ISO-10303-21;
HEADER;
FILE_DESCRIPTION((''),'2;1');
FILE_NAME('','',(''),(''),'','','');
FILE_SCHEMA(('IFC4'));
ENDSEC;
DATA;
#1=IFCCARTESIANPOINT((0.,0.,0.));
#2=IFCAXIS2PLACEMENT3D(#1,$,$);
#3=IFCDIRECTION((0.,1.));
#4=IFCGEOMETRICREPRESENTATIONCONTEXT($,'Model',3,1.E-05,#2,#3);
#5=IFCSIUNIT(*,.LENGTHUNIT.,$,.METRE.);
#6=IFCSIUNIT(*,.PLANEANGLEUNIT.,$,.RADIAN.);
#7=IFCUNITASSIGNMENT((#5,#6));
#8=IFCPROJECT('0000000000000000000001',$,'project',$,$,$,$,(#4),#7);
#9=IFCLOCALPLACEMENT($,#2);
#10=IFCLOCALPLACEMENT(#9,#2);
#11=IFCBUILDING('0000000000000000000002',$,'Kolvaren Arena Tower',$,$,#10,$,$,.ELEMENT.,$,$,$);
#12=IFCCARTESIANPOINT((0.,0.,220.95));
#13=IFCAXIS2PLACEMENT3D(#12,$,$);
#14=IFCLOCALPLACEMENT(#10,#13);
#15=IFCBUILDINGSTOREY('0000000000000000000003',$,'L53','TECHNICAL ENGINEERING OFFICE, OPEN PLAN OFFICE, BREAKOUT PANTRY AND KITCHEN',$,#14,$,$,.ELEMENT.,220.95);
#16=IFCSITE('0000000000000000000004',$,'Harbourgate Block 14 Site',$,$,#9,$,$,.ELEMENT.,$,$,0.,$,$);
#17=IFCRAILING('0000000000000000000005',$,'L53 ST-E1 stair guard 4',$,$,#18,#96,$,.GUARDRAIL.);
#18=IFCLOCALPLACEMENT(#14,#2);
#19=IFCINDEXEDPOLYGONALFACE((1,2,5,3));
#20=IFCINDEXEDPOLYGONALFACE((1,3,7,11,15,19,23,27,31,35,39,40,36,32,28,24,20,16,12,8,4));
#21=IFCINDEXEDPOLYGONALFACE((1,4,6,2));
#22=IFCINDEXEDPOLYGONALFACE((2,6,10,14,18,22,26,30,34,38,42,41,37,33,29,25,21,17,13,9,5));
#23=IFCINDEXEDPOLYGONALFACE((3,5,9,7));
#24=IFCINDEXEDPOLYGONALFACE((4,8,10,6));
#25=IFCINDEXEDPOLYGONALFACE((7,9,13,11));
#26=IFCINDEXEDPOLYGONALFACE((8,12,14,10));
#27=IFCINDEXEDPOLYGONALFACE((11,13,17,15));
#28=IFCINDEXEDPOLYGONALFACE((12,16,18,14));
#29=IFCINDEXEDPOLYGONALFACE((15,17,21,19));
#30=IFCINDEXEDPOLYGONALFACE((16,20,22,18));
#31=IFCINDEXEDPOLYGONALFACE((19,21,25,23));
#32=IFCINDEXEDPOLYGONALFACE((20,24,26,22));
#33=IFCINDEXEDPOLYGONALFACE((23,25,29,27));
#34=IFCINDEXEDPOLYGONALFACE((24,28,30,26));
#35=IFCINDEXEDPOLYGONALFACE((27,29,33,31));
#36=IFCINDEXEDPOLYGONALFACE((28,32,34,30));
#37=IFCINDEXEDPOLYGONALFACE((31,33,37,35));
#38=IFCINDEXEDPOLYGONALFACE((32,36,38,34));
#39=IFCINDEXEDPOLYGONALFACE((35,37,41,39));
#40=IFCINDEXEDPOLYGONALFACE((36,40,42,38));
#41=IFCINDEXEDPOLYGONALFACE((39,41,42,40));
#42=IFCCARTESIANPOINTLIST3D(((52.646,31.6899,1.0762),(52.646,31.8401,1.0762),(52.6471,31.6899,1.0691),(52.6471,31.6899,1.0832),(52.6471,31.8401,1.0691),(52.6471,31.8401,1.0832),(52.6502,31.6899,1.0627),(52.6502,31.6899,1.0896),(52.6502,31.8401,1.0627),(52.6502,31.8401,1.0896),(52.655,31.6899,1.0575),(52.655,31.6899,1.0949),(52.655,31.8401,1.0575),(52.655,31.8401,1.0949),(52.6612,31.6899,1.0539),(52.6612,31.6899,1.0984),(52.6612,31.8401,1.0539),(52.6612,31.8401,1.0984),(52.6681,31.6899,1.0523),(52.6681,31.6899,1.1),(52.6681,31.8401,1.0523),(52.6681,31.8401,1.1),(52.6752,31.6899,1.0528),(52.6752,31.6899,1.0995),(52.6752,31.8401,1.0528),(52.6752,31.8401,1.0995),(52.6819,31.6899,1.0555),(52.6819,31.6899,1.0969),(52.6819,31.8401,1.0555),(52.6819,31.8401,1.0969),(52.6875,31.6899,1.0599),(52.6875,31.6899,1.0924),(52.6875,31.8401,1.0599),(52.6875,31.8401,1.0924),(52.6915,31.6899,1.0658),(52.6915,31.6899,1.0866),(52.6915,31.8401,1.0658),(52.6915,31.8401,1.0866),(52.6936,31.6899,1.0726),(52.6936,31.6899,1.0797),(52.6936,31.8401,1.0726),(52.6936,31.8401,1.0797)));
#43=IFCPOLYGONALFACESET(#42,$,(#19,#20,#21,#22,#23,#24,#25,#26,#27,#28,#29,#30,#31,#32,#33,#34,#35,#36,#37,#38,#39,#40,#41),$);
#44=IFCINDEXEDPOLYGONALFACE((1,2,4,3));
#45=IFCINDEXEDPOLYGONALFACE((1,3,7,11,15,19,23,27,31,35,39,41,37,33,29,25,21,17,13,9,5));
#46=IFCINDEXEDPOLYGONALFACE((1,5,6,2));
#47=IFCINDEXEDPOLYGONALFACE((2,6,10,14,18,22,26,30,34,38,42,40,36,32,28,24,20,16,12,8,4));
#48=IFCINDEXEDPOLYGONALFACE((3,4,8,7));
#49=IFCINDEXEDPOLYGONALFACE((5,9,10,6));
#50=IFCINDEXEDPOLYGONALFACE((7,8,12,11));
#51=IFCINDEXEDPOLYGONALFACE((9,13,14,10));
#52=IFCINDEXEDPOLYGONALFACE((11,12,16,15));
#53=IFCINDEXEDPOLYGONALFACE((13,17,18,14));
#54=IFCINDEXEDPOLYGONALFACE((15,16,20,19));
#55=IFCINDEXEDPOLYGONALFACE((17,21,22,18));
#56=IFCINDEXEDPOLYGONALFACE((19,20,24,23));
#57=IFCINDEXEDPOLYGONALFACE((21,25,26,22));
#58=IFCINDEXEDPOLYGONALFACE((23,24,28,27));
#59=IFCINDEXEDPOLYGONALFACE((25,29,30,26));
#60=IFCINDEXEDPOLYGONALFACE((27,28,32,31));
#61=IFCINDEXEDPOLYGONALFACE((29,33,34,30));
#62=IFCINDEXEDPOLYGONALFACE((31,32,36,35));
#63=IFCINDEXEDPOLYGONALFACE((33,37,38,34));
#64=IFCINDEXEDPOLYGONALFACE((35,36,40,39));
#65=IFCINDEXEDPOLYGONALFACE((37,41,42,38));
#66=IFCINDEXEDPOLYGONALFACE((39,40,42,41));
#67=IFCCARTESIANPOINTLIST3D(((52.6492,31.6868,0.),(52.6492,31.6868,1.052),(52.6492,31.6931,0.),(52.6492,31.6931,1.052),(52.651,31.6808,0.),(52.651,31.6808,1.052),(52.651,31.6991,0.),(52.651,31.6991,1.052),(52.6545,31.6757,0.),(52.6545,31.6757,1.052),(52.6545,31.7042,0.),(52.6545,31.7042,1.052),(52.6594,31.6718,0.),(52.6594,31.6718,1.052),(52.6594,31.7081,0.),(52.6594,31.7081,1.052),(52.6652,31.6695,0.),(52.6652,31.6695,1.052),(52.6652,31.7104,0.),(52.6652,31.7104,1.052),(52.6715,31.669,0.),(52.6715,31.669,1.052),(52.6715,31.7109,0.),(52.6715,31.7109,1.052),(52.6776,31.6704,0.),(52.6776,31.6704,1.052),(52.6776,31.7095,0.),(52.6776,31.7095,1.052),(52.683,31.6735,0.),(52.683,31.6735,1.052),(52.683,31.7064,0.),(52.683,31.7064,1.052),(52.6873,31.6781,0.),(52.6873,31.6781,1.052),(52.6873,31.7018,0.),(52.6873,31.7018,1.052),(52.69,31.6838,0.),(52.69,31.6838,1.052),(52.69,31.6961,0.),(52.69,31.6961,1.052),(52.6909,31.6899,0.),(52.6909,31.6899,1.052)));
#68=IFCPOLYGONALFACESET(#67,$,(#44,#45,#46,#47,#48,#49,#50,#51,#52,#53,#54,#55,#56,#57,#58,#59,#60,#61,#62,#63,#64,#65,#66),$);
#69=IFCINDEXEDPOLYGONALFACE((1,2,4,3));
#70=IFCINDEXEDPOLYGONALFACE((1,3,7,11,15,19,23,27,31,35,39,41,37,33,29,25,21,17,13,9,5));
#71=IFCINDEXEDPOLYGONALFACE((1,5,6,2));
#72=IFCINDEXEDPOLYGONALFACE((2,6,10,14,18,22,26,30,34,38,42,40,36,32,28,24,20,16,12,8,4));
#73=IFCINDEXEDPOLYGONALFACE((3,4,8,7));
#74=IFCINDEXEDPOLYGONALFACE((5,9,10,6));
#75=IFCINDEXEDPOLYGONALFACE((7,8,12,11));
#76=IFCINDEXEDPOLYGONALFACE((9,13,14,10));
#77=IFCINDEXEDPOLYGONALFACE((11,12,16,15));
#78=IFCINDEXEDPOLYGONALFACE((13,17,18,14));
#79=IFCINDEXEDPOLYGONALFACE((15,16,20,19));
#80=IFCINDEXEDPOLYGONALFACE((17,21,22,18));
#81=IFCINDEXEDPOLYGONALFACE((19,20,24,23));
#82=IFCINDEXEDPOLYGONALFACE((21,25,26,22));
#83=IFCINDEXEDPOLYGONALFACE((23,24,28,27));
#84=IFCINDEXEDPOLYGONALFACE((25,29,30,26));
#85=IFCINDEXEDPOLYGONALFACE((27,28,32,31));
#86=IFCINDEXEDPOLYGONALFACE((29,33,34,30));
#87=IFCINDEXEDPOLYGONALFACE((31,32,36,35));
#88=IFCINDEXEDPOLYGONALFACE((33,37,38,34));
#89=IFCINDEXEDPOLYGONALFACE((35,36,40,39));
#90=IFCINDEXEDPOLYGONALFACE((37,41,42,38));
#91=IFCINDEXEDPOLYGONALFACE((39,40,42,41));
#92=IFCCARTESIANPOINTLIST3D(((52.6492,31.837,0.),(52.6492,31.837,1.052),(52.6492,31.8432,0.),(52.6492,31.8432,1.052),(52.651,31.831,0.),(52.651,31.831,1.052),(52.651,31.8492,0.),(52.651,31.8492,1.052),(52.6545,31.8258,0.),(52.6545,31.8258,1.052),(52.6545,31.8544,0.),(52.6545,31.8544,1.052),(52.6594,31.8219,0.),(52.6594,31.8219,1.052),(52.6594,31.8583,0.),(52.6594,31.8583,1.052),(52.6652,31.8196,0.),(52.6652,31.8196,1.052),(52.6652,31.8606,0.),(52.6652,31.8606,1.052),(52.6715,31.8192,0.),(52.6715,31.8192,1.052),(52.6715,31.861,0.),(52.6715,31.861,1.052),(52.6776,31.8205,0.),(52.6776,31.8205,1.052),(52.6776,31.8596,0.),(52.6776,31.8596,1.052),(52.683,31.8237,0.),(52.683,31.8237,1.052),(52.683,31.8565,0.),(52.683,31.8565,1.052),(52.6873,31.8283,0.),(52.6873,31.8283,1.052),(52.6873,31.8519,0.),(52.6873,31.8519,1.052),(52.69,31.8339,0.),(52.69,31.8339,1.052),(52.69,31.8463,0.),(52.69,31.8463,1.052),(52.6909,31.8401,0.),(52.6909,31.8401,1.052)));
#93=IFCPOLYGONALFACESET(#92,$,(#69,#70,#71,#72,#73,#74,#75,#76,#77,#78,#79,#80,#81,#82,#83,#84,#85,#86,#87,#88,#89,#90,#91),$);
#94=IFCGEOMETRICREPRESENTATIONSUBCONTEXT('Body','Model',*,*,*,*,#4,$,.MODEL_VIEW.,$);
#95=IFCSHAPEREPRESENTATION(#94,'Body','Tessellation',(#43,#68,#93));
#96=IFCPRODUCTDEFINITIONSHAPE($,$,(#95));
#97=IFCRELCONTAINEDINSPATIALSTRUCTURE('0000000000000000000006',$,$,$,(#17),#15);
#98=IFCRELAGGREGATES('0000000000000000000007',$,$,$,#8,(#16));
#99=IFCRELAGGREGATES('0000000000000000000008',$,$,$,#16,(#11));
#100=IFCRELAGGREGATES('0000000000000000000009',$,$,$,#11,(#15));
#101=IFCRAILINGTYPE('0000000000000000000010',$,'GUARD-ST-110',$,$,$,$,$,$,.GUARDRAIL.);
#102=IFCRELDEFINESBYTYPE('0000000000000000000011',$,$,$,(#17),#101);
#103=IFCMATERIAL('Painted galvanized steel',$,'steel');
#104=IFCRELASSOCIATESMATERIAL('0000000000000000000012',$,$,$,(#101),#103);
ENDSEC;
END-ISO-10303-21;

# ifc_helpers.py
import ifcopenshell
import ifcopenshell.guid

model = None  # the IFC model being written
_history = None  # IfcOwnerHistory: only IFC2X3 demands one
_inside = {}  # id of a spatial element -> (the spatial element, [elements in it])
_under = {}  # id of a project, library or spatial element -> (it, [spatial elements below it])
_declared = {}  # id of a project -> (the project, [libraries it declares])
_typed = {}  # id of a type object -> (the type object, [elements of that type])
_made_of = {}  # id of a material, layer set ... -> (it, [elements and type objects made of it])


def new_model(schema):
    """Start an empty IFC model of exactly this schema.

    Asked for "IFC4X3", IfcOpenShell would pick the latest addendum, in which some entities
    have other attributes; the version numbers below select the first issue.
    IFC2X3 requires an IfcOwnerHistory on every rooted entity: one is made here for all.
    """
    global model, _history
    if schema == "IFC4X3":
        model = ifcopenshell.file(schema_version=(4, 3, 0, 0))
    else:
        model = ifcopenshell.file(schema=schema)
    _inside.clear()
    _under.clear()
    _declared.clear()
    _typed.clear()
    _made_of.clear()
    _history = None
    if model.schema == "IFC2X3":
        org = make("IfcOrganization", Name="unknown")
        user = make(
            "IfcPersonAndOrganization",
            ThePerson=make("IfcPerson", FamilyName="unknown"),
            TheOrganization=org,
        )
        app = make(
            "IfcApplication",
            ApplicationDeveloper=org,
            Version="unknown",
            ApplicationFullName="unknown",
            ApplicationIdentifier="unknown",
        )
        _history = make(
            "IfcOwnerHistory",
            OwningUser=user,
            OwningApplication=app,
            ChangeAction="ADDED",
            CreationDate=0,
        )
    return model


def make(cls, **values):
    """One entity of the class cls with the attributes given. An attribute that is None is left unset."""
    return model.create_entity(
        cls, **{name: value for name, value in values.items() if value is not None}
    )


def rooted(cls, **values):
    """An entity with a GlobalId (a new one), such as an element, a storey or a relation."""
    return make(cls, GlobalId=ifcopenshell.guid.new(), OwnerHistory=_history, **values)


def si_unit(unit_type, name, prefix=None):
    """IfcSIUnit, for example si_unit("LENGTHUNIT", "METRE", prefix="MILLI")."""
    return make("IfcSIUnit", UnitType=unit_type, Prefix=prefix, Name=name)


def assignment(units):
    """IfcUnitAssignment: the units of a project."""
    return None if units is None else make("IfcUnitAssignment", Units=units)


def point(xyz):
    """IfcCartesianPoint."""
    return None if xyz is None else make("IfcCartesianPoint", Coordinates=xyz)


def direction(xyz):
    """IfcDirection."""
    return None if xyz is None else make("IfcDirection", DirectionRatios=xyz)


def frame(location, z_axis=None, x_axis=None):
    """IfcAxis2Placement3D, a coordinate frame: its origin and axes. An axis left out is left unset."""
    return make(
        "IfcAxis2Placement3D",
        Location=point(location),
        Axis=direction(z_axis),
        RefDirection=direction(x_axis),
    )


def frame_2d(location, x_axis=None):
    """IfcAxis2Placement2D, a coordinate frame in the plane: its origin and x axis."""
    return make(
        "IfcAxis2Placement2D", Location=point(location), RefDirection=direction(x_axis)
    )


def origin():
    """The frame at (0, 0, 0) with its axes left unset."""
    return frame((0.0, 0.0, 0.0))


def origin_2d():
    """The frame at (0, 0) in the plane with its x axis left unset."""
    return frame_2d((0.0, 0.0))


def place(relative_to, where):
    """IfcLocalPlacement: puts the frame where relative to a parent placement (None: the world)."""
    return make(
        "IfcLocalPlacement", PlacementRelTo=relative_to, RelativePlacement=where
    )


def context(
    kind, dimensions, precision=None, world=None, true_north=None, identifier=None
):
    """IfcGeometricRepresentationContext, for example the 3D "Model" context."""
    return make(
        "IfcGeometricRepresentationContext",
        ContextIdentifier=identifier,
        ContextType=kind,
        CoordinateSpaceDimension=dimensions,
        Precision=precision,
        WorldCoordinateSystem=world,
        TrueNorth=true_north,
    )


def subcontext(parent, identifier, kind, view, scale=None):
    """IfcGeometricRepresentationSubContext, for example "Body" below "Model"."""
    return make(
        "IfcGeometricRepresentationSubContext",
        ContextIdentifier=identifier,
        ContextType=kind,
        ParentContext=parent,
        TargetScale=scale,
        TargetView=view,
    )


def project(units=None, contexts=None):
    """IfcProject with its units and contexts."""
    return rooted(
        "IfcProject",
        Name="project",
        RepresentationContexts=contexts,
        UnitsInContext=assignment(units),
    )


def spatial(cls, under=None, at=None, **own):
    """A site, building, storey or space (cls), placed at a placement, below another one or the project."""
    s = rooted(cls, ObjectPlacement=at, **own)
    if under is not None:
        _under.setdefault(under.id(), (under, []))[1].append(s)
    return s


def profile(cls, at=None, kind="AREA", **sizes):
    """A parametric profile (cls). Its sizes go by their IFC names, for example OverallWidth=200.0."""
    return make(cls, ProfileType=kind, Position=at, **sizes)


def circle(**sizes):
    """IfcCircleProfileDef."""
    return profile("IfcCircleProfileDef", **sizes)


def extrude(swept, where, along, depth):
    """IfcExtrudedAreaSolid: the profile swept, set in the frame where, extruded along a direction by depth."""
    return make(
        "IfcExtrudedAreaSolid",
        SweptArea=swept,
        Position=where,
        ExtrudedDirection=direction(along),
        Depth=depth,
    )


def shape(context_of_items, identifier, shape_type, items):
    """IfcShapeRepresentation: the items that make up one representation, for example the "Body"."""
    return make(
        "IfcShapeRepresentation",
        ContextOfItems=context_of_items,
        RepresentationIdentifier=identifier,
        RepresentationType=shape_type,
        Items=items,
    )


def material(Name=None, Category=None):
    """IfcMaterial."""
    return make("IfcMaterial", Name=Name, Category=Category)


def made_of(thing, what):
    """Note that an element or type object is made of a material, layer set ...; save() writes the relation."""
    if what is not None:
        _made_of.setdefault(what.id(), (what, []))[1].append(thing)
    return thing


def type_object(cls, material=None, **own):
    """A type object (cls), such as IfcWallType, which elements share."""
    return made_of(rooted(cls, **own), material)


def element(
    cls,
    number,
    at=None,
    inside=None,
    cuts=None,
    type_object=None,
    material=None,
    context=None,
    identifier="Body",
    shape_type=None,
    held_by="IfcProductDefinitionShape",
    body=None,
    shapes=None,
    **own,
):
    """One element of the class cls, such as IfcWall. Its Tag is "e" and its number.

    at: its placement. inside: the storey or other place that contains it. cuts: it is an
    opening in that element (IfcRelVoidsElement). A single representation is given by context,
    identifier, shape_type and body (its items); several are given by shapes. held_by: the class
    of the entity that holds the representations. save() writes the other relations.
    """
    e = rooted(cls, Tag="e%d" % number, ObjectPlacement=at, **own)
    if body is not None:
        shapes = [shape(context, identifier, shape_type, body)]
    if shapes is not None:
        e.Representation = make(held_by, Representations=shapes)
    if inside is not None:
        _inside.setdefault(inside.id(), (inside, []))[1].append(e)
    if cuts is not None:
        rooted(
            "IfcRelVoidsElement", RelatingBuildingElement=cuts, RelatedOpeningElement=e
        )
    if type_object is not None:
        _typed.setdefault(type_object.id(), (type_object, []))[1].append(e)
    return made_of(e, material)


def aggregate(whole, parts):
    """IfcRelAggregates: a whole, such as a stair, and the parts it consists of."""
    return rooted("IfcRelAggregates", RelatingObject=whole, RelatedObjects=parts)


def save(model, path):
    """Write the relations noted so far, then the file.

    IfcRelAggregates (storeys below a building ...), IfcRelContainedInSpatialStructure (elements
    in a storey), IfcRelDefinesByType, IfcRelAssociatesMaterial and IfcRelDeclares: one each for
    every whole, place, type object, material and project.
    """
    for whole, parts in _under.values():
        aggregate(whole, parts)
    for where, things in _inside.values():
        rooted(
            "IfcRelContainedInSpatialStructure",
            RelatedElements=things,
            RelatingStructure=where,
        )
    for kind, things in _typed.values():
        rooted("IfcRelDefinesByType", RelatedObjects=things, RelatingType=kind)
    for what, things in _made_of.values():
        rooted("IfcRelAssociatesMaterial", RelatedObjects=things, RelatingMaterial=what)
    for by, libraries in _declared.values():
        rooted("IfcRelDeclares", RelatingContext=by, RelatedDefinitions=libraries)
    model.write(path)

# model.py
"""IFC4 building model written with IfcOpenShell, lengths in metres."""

from ifc_helpers import new_model, si_unit, direction, frame, origin, origin_2d, place, context, subcontext, project, spatial, circle, extrude, material, type_object, element, save


model = new_model("IFC4")

# Units and contexts
model_context = context("Model", 3, precision=1e-05, world=origin(), true_north=direction((0.0, 1.0)))
body_context = subcontext(model_context, "Body", "Model", "MODEL_VIEW")
ifc_project = project(units=[si_unit("LENGTHUNIT", "METRE"), si_unit("PLANEANGLEUNIT", "RADIAN")], contexts=[model_context])

# Site, building, storey
site_placement = place(None, origin())
site = spatial("IfcSite", under=ifc_project, at=site_placement, Name="Harbourgate Block 14 Site", CompositionType="ELEMENT", RefElevation=0.0)
building_placement = place(site_placement, origin())
building = spatial("IfcBuilding", under=site, at=building_placement, Name="Kolvaren Arena Tower", CompositionType="ELEMENT")
storey_placement = place(building_placement, frame((0.0, 0.0, 220.95)))
storey = spatial("IfcBuildingStorey", under=building, at=storey_placement, Name="L53", Description="TECHNICAL ENGINEERING OFFICE, OPEN PLAN OFFICE, BREAKOUT PANTRY AND KITCHEN", CompositionType="ELEMENT", Elevation=220.95)

# Railing
ifc_material_1 = material(Name="Painted galvanized steel", Category="steel")
railing_type_1 = type_object("IfcRailingType", Name="GUARD-ST-110", PredefinedType="GUARDRAIL", material=ifc_material_1)
railing_1_placement = place(storey_placement, frame((52.6699, 31.6899, 0.0)))
element("IfcRailing", 1, at=railing_1_placement, inside=storey, type_object=railing_type_1, Name="L53 ST-E1 stair guard 4", PredefinedType="GUARDRAIL", context=body_context, shape_type="SweptSolid", body=[
    extrude(circle(Radius=0.0239, at=origin_2d()), frame((0.0, 0.0, 1.0762), z_axis=(0.0, 1.0, 0.0), x_axis=(-1.0, 0.0, 0.0)), (0.0, 0.0, 1.0), 0.1501),
    extrude(circle(Radius=0.021, at=origin_2d()), origin(), (0.0, 0.0, 1.0), 1.052),
    extrude(circle(Radius=0.021, at=origin_2d()), frame((0.0, 0.1501, 0.0)), (0.0, 0.0, 1.0), 1.052),
])

save(model, "model.ifc")
